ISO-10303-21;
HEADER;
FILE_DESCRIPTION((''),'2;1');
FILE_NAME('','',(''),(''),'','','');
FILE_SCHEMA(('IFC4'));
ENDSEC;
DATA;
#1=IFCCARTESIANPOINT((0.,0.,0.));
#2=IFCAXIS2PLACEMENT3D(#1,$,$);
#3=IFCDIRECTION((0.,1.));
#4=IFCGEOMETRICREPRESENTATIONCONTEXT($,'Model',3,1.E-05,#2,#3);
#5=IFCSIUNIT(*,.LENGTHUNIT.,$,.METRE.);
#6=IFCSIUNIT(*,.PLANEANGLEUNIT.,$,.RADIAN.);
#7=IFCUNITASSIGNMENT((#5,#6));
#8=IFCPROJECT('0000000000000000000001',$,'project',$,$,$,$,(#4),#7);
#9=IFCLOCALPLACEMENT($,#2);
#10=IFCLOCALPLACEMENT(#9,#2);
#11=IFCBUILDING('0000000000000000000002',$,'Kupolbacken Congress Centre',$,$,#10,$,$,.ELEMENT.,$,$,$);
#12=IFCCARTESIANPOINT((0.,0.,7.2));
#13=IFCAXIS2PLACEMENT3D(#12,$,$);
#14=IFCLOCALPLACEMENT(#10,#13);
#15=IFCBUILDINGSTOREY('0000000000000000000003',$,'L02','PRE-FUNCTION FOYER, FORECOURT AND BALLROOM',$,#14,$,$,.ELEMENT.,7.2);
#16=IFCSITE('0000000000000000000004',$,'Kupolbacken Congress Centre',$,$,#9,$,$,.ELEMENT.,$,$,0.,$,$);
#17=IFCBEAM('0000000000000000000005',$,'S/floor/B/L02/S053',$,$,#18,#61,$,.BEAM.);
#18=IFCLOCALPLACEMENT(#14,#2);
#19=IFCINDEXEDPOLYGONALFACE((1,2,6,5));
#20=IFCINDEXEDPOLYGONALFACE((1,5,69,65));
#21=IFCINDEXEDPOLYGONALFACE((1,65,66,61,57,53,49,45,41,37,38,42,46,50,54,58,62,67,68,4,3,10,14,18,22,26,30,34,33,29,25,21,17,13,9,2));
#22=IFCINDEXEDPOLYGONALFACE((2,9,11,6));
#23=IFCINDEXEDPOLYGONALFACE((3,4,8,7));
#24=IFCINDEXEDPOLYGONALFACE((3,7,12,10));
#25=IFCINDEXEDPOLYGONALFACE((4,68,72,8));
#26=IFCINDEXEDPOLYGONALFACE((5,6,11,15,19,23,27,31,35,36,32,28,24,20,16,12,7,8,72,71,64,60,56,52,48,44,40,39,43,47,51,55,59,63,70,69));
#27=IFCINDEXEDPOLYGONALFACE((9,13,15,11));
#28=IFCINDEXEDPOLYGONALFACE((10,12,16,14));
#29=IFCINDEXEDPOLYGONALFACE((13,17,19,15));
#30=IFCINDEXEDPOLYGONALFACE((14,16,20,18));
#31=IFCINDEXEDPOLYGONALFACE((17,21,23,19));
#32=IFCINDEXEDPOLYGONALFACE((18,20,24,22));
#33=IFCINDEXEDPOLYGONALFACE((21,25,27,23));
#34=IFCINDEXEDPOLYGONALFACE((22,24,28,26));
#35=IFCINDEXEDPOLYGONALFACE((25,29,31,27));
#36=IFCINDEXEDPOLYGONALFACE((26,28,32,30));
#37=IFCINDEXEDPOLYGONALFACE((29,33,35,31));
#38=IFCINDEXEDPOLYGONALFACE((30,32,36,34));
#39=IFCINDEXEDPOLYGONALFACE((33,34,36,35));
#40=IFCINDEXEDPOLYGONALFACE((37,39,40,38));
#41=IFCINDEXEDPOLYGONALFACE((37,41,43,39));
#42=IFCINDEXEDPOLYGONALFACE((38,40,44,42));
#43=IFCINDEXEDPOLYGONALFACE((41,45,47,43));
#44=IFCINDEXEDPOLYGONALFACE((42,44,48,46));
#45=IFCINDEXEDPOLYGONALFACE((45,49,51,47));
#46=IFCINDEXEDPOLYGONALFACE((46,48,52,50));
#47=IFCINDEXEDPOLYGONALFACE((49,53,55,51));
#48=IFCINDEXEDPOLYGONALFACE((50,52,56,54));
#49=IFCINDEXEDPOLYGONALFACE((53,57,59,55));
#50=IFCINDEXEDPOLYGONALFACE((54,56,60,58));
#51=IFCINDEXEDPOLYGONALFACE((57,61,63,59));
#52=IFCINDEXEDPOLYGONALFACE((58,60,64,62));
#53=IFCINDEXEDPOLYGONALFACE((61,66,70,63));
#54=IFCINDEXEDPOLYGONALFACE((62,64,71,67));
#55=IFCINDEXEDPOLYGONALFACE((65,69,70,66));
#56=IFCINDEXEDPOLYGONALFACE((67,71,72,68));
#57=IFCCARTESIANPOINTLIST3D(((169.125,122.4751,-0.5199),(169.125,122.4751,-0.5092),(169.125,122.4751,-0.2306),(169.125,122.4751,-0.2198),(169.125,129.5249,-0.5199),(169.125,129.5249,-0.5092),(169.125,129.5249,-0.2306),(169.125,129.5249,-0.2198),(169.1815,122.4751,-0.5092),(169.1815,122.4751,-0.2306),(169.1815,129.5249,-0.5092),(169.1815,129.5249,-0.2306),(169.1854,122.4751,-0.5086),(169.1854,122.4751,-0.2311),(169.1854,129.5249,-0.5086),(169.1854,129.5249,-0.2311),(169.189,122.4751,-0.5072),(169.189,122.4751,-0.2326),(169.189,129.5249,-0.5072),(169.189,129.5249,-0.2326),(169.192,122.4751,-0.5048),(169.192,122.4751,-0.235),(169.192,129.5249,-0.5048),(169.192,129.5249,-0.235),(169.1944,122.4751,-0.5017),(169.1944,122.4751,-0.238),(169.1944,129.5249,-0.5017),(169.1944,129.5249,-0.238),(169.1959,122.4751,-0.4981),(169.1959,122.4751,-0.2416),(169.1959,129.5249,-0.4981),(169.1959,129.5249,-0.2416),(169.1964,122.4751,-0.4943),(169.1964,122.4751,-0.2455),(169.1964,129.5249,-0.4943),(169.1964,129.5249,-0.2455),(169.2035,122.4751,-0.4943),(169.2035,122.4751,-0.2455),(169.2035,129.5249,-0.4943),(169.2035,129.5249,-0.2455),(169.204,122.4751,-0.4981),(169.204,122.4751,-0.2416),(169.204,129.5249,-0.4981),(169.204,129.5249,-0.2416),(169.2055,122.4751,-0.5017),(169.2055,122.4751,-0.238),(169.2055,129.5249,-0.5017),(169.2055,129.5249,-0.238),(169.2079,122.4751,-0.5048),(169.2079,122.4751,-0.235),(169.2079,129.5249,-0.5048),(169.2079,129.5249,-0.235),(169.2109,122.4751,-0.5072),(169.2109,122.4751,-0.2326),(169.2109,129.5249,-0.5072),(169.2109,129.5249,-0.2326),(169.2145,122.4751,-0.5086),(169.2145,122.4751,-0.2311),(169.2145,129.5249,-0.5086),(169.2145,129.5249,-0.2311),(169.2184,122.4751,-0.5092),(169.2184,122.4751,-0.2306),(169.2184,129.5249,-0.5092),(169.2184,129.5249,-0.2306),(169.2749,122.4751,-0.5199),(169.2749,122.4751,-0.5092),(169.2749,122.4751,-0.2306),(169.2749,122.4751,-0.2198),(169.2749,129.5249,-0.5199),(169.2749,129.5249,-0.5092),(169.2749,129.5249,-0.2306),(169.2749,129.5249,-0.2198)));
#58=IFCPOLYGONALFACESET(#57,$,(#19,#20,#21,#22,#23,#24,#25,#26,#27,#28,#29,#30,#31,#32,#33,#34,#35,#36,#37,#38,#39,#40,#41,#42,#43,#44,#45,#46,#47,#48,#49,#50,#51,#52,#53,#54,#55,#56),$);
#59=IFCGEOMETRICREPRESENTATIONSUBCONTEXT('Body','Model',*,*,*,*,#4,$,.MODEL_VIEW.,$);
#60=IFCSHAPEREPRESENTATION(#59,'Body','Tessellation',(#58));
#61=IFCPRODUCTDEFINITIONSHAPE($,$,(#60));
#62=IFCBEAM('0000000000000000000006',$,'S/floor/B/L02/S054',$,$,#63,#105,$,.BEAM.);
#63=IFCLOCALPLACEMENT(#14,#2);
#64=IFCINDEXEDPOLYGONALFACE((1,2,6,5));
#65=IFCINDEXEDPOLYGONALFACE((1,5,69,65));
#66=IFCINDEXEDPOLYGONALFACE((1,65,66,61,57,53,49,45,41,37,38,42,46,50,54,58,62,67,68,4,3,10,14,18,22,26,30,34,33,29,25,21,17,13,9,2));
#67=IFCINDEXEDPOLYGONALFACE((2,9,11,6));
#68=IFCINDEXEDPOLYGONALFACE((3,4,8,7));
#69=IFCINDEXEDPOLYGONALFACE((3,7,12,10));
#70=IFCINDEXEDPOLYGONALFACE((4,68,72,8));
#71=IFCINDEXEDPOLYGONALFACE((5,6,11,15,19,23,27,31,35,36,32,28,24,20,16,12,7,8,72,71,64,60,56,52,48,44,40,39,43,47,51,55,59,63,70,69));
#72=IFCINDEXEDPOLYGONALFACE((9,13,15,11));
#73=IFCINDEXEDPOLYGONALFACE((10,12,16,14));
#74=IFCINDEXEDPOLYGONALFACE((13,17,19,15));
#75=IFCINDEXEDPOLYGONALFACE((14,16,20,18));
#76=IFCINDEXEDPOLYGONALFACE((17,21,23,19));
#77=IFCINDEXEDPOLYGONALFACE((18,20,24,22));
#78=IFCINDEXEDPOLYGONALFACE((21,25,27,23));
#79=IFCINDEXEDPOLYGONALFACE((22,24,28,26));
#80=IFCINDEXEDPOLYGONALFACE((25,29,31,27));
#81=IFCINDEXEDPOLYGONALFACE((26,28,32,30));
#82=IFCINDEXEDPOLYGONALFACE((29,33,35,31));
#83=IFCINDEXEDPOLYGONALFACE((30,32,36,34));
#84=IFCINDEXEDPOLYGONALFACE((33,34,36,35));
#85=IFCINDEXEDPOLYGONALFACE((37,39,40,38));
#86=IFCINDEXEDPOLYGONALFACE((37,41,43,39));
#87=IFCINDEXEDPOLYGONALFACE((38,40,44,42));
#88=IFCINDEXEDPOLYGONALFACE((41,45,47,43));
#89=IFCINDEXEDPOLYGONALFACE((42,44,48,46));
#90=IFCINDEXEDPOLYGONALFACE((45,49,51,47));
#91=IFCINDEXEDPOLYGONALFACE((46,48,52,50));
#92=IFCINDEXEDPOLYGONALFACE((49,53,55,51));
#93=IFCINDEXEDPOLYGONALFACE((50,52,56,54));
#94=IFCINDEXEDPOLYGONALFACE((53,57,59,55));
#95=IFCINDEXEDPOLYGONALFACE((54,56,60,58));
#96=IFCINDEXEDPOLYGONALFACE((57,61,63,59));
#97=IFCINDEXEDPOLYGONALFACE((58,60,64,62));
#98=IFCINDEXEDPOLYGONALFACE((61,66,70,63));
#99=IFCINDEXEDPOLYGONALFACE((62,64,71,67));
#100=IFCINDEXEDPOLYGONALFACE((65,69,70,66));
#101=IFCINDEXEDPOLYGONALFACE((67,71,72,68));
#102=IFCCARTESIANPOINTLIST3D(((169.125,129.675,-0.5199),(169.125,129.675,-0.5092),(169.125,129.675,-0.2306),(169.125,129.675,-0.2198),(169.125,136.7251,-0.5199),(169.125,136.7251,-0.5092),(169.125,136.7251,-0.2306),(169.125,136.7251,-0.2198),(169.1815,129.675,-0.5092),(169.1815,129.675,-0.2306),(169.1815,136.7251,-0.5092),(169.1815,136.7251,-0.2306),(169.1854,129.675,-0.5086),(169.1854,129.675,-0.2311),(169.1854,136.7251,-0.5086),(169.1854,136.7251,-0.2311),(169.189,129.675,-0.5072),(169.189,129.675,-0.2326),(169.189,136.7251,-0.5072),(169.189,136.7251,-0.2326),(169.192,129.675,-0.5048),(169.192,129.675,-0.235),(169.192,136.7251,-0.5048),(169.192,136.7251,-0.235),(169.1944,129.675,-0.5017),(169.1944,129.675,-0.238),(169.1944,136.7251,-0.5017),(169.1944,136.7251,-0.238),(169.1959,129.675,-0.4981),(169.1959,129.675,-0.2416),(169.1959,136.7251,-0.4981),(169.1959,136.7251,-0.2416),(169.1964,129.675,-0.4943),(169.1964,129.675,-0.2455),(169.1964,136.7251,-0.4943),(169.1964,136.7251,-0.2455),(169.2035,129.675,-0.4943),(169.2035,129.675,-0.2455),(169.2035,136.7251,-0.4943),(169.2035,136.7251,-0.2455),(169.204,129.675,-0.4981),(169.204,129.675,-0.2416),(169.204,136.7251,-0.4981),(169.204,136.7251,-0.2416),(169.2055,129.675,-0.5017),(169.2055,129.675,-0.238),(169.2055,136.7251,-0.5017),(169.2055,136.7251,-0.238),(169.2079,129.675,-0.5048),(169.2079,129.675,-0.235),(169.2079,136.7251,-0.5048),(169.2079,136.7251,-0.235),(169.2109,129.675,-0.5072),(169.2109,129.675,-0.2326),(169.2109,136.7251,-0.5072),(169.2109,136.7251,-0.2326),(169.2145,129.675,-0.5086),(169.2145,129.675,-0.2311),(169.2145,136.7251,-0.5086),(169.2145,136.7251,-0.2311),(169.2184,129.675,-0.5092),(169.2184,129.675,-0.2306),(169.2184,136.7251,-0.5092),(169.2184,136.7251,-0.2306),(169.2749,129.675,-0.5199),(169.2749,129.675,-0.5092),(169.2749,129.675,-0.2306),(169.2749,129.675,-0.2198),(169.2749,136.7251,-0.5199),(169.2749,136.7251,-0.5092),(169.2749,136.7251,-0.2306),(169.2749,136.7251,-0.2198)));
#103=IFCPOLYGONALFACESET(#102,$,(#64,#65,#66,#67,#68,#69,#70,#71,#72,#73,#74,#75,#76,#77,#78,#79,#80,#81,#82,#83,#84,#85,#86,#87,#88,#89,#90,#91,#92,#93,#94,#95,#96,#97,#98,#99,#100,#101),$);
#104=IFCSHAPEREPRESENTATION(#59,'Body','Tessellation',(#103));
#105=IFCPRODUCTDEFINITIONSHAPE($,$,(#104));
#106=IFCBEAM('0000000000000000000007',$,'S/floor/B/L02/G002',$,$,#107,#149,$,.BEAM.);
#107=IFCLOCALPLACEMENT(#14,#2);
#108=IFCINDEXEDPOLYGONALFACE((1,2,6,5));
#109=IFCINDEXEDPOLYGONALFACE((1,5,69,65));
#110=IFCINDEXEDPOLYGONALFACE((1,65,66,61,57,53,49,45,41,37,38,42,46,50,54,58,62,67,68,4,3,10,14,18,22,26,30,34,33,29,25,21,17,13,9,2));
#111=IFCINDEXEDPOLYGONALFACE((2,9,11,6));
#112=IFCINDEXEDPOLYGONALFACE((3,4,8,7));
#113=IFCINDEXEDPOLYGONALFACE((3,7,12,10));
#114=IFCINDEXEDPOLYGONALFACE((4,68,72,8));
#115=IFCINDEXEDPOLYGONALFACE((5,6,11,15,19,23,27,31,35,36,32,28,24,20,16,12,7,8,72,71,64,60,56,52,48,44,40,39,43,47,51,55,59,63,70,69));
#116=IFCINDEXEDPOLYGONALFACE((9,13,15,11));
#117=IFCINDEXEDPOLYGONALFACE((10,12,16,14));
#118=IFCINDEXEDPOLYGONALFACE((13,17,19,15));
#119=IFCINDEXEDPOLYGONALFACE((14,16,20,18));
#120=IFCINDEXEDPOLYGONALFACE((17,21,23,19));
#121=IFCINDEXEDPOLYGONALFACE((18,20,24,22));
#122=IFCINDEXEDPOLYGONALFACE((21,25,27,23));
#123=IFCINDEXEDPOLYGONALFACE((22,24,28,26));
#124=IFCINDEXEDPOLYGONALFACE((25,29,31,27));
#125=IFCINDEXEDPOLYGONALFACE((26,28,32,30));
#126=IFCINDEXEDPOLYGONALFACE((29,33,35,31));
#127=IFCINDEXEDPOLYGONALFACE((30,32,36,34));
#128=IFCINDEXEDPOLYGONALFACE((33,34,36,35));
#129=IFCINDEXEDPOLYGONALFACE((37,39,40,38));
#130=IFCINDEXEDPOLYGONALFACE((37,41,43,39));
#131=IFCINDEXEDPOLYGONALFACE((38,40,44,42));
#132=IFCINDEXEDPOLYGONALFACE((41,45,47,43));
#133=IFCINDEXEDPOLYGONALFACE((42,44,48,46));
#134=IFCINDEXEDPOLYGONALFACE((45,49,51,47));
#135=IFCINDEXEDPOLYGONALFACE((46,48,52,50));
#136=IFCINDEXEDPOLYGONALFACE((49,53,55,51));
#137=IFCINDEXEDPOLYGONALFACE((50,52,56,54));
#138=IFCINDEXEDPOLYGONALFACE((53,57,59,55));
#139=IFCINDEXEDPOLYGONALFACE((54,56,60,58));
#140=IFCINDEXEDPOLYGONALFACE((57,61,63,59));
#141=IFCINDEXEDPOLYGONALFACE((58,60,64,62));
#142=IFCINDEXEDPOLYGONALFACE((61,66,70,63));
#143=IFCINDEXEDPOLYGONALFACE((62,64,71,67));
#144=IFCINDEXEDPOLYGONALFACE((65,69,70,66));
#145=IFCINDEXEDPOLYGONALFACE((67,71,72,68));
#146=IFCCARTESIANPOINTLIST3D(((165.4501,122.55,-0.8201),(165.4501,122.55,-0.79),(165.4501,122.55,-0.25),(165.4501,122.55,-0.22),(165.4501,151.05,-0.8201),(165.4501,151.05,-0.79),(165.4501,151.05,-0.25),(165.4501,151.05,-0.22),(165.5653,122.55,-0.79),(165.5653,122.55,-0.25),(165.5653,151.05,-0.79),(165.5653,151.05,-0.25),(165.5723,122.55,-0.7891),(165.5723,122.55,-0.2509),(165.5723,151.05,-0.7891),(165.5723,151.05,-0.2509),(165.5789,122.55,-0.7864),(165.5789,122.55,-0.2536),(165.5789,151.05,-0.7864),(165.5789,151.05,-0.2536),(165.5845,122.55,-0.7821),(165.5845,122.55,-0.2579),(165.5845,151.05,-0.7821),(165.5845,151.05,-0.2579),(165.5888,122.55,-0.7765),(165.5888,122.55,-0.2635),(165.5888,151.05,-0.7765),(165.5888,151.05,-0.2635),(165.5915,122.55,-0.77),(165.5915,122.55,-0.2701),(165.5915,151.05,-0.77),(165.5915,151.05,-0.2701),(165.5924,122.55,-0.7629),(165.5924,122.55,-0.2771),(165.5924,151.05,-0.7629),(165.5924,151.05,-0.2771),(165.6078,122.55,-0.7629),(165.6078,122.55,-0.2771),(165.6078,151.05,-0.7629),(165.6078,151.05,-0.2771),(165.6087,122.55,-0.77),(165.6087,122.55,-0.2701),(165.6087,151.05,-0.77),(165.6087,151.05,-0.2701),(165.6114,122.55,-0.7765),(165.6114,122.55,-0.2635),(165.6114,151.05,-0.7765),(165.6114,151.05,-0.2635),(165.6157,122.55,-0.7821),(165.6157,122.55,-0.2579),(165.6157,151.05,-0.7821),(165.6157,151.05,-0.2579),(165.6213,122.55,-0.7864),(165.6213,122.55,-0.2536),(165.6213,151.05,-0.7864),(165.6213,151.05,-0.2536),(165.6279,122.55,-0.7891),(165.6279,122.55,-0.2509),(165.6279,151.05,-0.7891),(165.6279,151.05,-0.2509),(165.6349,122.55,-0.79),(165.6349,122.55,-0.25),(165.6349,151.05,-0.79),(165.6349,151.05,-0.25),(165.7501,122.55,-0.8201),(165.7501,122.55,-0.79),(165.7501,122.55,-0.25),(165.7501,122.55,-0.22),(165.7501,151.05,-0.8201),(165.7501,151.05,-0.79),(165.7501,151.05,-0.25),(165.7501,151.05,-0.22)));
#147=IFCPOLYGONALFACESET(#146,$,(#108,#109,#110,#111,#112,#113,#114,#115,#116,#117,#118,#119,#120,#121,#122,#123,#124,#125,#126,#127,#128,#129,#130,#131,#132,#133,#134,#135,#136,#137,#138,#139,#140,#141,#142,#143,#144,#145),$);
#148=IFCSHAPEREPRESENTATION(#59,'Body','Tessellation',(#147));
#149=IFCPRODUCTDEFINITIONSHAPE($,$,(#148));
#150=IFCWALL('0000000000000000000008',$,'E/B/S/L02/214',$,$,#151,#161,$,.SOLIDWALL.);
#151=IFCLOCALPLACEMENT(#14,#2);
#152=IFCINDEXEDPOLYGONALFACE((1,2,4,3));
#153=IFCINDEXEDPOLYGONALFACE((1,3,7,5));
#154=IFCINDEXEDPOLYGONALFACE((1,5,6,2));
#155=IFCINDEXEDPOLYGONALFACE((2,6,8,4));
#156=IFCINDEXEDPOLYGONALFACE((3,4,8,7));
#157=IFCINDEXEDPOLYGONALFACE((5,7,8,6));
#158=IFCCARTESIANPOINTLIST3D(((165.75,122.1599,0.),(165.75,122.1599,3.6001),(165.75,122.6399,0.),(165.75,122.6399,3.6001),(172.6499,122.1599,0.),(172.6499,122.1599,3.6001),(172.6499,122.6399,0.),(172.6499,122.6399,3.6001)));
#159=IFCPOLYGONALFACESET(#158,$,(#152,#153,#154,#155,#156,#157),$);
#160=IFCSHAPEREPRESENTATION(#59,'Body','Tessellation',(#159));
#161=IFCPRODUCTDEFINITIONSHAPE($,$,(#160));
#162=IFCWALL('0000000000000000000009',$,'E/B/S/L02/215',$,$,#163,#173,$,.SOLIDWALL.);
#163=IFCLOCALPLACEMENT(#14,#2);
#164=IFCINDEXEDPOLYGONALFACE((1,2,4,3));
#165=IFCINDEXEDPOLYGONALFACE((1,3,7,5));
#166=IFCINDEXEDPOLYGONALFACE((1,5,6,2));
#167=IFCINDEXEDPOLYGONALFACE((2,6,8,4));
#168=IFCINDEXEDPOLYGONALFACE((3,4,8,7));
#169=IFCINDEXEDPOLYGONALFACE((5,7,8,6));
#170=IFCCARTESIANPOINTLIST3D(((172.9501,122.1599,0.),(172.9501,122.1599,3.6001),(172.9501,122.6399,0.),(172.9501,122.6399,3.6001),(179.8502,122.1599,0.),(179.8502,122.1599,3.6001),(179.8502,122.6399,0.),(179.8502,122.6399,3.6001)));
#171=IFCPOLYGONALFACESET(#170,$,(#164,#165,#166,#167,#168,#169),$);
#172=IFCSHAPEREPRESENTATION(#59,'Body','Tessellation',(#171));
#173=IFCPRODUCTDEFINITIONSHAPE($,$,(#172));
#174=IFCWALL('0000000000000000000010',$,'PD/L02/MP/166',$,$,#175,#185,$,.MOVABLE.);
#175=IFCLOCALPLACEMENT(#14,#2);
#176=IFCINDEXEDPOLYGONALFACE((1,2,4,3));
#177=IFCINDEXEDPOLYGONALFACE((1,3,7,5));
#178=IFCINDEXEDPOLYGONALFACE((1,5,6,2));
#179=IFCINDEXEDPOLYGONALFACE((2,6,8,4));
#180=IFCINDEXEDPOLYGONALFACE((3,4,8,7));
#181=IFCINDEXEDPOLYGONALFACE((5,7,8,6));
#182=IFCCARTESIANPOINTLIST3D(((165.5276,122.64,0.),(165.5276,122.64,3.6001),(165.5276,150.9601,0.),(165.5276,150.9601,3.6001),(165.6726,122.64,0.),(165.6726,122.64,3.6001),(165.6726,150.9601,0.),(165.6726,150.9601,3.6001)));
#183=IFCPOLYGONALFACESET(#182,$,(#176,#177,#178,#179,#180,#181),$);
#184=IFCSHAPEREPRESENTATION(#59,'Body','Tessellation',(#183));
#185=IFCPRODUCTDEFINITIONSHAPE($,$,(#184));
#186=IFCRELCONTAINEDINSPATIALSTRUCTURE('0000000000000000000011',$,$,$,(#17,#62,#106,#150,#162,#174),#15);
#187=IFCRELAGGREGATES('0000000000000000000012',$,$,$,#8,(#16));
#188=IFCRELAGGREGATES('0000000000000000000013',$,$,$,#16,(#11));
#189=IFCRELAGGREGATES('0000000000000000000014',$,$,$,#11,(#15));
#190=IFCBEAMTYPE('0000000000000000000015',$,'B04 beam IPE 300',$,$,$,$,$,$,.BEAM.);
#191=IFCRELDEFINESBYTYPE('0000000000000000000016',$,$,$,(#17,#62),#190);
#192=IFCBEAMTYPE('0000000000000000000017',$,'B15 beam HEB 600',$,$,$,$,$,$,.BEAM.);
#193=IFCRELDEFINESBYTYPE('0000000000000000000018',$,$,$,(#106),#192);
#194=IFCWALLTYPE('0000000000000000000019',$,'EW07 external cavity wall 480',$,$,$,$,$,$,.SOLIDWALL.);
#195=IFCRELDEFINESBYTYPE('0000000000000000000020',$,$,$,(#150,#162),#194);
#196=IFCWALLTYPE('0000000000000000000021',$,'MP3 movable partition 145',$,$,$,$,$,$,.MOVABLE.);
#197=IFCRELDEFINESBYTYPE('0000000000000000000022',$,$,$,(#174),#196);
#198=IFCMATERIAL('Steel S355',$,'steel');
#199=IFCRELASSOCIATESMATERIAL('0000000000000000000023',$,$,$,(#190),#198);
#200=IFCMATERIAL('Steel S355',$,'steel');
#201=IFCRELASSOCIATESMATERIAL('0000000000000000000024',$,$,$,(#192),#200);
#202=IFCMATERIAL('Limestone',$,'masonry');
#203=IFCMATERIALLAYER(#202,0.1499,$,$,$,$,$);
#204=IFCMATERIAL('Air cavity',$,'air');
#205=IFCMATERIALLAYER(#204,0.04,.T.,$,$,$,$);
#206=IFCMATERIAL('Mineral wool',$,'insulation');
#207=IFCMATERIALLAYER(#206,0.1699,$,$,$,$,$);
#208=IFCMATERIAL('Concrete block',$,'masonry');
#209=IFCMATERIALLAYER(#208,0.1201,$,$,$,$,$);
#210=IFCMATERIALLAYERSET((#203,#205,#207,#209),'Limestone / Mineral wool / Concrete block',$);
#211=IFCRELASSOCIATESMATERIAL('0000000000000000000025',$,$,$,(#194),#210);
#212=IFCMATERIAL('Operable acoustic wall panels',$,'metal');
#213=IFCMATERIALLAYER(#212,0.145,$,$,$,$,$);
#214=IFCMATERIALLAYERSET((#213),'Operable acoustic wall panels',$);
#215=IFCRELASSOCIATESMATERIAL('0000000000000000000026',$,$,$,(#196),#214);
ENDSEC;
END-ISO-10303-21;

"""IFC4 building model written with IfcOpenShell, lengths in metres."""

from ifc_helpers import new_model, si_unit, direction, frame, frame_2d, origin, origin_2d, place, context, subcontext, project, spatial, rectangle, i_section, extrude, material, layer, layer_set, material_profile, profile_set, type_object, element, save


model = new_model("IFC4")

# Units and contexts
model_context = context("Model", 3, precision=1e-05, world=origin(), true_north=direction((0.0, 1.0)))
body_context = subcontext(model_context, "Body", "Model", "MODEL_VIEW")
ifc_project = project(units=[si_unit("LENGTHUNIT", "METRE"), si_unit("PLANEANGLEUNIT", "RADIAN")], contexts=[model_context])

# Site, building, storey
site_placement = place(None, origin())
site = spatial("IfcSite", under=ifc_project, at=site_placement, Name="Kupolbacken Congress Centre", CompositionType="ELEMENT", RefElevation=0.0)
building_placement = place(site_placement, origin())
building = spatial("IfcBuilding", under=site, at=building_placement, Name="Kupolbacken Congress Centre", CompositionType="ELEMENT")
storey_placement = place(building_placement, frame((0.0, 0.0, 7.2)))
storey = spatial("IfcBuildingStorey", under=building, at=storey_placement, Name="L02", Description="PRE-FUNCTION FOYER, FORECOURT AND BALLROOM", CompositionType="ELEMENT", Elevation=7.2)

# Beams
ifc_material_1 = material(Name="Steel S355", Category="steel")
ifc_material_profile_1 = material_profile(ifc_material_1, i_section(OverallWidth=0.1499, OverallDepth=0.3, WebThickness=0.0071, FlangeThickness=0.0107, FilletRadius=0.0149, at=origin_2d()), Name="IPE 300")
ifc_profile_set_1 = profile_set([ifc_material_profile_1], Name="Steel S355")
beam_type_1 = type_object("IfcBeamType", Name="B04 beam IPE 300", PredefinedType="BEAM", material=ifc_profile_set_1)
beam_1_placement = place(storey_placement, frame((169.2, 122.4751, -0.3699), z_axis=(0.0, 1.0, 0.0), x_axis=(-1.0, 0.0, 0.0)))
element("IfcBeam", 1, at=beam_1_placement, inside=storey, type_object=beam_type_1, Name="S/floor/B/L02/S053", PredefinedType="BEAM", context=body_context, shape_type="SweptSolid", body=[
    extrude(i_section(OverallWidth=0.1499, OverallDepth=0.3, WebThickness=0.0071, FlangeThickness=0.0107, FilletRadius=0.0149, at=origin_2d()), origin(), (0.0, 0.0, 1.0), 7.0498),
])
beam_2_placement = place(storey_placement, frame((169.2, 129.675, -0.3699), z_axis=(0.0, 1.0, 0.0), x_axis=(-1.0, 0.0, 0.0)))
element("IfcBeam", 2, at=beam_2_placement, inside=storey, type_object=beam_type_1, Name="S/floor/B/L02/S054", PredefinedType="BEAM", context=body_context, shape_type="SweptSolid", body=[
    extrude(i_section(OverallWidth=0.1499, OverallDepth=0.3, WebThickness=0.0071, FlangeThickness=0.0107, FilletRadius=0.0149, at=origin_2d()), origin(), (0.0, 0.0, 1.0), 7.05),
])
ifc_material_2 = material(Name="Steel S355", Category="steel")
ifc_material_profile_2 = material_profile(ifc_material_2, i_section(OverallWidth=0.3, OverallDepth=0.6001, WebThickness=0.0154, FlangeThickness=0.03, FilletRadius=0.0271, at=origin_2d()), Name="HEB 600")
ifc_profile_set_2 = profile_set([ifc_material_profile_2], Name="Steel S355")
beam_type_2 = type_object("IfcBeamType", Name="B15 beam HEB 600", PredefinedType="BEAM", material=ifc_profile_set_2)
beam_3_placement = place(storey_placement, frame((165.6001, 122.55, -0.52), z_axis=(0.0, 1.0, 0.0), x_axis=(-1.0, 0.0, 0.0)))
element("IfcBeam", 3, at=beam_3_placement, inside=storey, type_object=beam_type_2, Name="S/floor/B/L02/G002", PredefinedType="BEAM", context=body_context, shape_type="SweptSolid", body=[
    extrude(i_section(OverallWidth=0.3, OverallDepth=0.6001, WebThickness=0.0154, FlangeThickness=0.03, FilletRadius=0.0271, at=origin_2d()), origin(), (0.0, 0.0, 1.0), 28.5),
])

# Walls
ifc_material_3 = material(Name="Limestone", Category="masonry")
ifc_layer_1 = layer(ifc_material_3, 0.1499)
ifc_material_4 = material(Name="Air cavity", Category="air")
ifc_layer_2 = layer(ifc_material_4, 0.04, ventilated=True)
ifc_material_5 = material(Name="Mineral wool", Category="insulation")
ifc_layer_3 = layer(ifc_material_5, 0.1699)
ifc_material_6 = material(Name="Concrete block", Category="masonry")
ifc_layer_4 = layer(ifc_material_6, 0.1201)
ifc_layer_set_1 = layer_set([ifc_layer_1, ifc_layer_2, ifc_layer_3, ifc_layer_4], Name="Limestone / Mineral wool / Concrete block")
wall_type_1 = type_object("IfcWallType", Name="EW07 external cavity wall 480", PredefinedType="SOLIDWALL", material=ifc_layer_set_1)
wall_1_placement = place(storey_placement, frame((165.75, 122.3999, 0.0), z_axis=(0.0, 0.0, 1.0), x_axis=(1.0, 0.0, 0.0)))
element("IfcWall", 4, at=wall_1_placement, inside=storey, type_object=wall_type_1, Name="E/B/S/L02/214", PredefinedType="SOLIDWALL", context=body_context, shape_type="SweptSolid", body=[
    extrude(rectangle(XDim=6.8999, YDim=0.48, at=frame_2d((3.45, 0.0))), origin(), (0.0, 0.0, 1.0), 3.6001),
])
wall_2_placement = place(storey_placement, frame((172.95, 122.3999, 0.0), z_axis=(0.0, 0.0, 1.0), x_axis=(1.0, 0.0, 0.0)))
element("IfcWall", 5, at=wall_2_placement, inside=storey, type_object=wall_type_1, Name="E/B/S/L02/215", PredefinedType="SOLIDWALL", context=body_context, shape_type="SweptSolid", body=[
    extrude(rectangle(XDim=6.9001, YDim=0.48, at=frame_2d((3.4502, 0.0))), origin(), (0.0, 0.0, 1.0), 3.6001),
])
ifc_material_7 = material(Name="Operable acoustic wall panels", Category="metal")
ifc_layer_5 = layer(ifc_material_7, 0.145)
ifc_layer_set_2 = layer_set([ifc_layer_5], Name="Operable acoustic wall panels")
wall_type_2 = type_object("IfcWallType", Name="MP3 movable partition 145", PredefinedType="MOVABLE", material=ifc_layer_set_2)
wall_3_placement = place(storey_placement, frame((165.6001, 122.6399, 0.0), z_axis=(0.0, 0.0, 1.0), x_axis=(0.0, 1.0, 0.0)))
element("IfcWall", 6, at=wall_3_placement, inside=storey, type_object=wall_type_2, Name="PD/L02/MP/166", PredefinedType="MOVABLE", context=body_context, shape_type="SweptSolid", body=[
    extrude(rectangle(XDim=28.3201, YDim=0.145, at=frame_2d((14.1602, 0.0))), origin(), (0.0, 0.0, 1.0), 3.6001),
])

save(model, "model.ifc")
